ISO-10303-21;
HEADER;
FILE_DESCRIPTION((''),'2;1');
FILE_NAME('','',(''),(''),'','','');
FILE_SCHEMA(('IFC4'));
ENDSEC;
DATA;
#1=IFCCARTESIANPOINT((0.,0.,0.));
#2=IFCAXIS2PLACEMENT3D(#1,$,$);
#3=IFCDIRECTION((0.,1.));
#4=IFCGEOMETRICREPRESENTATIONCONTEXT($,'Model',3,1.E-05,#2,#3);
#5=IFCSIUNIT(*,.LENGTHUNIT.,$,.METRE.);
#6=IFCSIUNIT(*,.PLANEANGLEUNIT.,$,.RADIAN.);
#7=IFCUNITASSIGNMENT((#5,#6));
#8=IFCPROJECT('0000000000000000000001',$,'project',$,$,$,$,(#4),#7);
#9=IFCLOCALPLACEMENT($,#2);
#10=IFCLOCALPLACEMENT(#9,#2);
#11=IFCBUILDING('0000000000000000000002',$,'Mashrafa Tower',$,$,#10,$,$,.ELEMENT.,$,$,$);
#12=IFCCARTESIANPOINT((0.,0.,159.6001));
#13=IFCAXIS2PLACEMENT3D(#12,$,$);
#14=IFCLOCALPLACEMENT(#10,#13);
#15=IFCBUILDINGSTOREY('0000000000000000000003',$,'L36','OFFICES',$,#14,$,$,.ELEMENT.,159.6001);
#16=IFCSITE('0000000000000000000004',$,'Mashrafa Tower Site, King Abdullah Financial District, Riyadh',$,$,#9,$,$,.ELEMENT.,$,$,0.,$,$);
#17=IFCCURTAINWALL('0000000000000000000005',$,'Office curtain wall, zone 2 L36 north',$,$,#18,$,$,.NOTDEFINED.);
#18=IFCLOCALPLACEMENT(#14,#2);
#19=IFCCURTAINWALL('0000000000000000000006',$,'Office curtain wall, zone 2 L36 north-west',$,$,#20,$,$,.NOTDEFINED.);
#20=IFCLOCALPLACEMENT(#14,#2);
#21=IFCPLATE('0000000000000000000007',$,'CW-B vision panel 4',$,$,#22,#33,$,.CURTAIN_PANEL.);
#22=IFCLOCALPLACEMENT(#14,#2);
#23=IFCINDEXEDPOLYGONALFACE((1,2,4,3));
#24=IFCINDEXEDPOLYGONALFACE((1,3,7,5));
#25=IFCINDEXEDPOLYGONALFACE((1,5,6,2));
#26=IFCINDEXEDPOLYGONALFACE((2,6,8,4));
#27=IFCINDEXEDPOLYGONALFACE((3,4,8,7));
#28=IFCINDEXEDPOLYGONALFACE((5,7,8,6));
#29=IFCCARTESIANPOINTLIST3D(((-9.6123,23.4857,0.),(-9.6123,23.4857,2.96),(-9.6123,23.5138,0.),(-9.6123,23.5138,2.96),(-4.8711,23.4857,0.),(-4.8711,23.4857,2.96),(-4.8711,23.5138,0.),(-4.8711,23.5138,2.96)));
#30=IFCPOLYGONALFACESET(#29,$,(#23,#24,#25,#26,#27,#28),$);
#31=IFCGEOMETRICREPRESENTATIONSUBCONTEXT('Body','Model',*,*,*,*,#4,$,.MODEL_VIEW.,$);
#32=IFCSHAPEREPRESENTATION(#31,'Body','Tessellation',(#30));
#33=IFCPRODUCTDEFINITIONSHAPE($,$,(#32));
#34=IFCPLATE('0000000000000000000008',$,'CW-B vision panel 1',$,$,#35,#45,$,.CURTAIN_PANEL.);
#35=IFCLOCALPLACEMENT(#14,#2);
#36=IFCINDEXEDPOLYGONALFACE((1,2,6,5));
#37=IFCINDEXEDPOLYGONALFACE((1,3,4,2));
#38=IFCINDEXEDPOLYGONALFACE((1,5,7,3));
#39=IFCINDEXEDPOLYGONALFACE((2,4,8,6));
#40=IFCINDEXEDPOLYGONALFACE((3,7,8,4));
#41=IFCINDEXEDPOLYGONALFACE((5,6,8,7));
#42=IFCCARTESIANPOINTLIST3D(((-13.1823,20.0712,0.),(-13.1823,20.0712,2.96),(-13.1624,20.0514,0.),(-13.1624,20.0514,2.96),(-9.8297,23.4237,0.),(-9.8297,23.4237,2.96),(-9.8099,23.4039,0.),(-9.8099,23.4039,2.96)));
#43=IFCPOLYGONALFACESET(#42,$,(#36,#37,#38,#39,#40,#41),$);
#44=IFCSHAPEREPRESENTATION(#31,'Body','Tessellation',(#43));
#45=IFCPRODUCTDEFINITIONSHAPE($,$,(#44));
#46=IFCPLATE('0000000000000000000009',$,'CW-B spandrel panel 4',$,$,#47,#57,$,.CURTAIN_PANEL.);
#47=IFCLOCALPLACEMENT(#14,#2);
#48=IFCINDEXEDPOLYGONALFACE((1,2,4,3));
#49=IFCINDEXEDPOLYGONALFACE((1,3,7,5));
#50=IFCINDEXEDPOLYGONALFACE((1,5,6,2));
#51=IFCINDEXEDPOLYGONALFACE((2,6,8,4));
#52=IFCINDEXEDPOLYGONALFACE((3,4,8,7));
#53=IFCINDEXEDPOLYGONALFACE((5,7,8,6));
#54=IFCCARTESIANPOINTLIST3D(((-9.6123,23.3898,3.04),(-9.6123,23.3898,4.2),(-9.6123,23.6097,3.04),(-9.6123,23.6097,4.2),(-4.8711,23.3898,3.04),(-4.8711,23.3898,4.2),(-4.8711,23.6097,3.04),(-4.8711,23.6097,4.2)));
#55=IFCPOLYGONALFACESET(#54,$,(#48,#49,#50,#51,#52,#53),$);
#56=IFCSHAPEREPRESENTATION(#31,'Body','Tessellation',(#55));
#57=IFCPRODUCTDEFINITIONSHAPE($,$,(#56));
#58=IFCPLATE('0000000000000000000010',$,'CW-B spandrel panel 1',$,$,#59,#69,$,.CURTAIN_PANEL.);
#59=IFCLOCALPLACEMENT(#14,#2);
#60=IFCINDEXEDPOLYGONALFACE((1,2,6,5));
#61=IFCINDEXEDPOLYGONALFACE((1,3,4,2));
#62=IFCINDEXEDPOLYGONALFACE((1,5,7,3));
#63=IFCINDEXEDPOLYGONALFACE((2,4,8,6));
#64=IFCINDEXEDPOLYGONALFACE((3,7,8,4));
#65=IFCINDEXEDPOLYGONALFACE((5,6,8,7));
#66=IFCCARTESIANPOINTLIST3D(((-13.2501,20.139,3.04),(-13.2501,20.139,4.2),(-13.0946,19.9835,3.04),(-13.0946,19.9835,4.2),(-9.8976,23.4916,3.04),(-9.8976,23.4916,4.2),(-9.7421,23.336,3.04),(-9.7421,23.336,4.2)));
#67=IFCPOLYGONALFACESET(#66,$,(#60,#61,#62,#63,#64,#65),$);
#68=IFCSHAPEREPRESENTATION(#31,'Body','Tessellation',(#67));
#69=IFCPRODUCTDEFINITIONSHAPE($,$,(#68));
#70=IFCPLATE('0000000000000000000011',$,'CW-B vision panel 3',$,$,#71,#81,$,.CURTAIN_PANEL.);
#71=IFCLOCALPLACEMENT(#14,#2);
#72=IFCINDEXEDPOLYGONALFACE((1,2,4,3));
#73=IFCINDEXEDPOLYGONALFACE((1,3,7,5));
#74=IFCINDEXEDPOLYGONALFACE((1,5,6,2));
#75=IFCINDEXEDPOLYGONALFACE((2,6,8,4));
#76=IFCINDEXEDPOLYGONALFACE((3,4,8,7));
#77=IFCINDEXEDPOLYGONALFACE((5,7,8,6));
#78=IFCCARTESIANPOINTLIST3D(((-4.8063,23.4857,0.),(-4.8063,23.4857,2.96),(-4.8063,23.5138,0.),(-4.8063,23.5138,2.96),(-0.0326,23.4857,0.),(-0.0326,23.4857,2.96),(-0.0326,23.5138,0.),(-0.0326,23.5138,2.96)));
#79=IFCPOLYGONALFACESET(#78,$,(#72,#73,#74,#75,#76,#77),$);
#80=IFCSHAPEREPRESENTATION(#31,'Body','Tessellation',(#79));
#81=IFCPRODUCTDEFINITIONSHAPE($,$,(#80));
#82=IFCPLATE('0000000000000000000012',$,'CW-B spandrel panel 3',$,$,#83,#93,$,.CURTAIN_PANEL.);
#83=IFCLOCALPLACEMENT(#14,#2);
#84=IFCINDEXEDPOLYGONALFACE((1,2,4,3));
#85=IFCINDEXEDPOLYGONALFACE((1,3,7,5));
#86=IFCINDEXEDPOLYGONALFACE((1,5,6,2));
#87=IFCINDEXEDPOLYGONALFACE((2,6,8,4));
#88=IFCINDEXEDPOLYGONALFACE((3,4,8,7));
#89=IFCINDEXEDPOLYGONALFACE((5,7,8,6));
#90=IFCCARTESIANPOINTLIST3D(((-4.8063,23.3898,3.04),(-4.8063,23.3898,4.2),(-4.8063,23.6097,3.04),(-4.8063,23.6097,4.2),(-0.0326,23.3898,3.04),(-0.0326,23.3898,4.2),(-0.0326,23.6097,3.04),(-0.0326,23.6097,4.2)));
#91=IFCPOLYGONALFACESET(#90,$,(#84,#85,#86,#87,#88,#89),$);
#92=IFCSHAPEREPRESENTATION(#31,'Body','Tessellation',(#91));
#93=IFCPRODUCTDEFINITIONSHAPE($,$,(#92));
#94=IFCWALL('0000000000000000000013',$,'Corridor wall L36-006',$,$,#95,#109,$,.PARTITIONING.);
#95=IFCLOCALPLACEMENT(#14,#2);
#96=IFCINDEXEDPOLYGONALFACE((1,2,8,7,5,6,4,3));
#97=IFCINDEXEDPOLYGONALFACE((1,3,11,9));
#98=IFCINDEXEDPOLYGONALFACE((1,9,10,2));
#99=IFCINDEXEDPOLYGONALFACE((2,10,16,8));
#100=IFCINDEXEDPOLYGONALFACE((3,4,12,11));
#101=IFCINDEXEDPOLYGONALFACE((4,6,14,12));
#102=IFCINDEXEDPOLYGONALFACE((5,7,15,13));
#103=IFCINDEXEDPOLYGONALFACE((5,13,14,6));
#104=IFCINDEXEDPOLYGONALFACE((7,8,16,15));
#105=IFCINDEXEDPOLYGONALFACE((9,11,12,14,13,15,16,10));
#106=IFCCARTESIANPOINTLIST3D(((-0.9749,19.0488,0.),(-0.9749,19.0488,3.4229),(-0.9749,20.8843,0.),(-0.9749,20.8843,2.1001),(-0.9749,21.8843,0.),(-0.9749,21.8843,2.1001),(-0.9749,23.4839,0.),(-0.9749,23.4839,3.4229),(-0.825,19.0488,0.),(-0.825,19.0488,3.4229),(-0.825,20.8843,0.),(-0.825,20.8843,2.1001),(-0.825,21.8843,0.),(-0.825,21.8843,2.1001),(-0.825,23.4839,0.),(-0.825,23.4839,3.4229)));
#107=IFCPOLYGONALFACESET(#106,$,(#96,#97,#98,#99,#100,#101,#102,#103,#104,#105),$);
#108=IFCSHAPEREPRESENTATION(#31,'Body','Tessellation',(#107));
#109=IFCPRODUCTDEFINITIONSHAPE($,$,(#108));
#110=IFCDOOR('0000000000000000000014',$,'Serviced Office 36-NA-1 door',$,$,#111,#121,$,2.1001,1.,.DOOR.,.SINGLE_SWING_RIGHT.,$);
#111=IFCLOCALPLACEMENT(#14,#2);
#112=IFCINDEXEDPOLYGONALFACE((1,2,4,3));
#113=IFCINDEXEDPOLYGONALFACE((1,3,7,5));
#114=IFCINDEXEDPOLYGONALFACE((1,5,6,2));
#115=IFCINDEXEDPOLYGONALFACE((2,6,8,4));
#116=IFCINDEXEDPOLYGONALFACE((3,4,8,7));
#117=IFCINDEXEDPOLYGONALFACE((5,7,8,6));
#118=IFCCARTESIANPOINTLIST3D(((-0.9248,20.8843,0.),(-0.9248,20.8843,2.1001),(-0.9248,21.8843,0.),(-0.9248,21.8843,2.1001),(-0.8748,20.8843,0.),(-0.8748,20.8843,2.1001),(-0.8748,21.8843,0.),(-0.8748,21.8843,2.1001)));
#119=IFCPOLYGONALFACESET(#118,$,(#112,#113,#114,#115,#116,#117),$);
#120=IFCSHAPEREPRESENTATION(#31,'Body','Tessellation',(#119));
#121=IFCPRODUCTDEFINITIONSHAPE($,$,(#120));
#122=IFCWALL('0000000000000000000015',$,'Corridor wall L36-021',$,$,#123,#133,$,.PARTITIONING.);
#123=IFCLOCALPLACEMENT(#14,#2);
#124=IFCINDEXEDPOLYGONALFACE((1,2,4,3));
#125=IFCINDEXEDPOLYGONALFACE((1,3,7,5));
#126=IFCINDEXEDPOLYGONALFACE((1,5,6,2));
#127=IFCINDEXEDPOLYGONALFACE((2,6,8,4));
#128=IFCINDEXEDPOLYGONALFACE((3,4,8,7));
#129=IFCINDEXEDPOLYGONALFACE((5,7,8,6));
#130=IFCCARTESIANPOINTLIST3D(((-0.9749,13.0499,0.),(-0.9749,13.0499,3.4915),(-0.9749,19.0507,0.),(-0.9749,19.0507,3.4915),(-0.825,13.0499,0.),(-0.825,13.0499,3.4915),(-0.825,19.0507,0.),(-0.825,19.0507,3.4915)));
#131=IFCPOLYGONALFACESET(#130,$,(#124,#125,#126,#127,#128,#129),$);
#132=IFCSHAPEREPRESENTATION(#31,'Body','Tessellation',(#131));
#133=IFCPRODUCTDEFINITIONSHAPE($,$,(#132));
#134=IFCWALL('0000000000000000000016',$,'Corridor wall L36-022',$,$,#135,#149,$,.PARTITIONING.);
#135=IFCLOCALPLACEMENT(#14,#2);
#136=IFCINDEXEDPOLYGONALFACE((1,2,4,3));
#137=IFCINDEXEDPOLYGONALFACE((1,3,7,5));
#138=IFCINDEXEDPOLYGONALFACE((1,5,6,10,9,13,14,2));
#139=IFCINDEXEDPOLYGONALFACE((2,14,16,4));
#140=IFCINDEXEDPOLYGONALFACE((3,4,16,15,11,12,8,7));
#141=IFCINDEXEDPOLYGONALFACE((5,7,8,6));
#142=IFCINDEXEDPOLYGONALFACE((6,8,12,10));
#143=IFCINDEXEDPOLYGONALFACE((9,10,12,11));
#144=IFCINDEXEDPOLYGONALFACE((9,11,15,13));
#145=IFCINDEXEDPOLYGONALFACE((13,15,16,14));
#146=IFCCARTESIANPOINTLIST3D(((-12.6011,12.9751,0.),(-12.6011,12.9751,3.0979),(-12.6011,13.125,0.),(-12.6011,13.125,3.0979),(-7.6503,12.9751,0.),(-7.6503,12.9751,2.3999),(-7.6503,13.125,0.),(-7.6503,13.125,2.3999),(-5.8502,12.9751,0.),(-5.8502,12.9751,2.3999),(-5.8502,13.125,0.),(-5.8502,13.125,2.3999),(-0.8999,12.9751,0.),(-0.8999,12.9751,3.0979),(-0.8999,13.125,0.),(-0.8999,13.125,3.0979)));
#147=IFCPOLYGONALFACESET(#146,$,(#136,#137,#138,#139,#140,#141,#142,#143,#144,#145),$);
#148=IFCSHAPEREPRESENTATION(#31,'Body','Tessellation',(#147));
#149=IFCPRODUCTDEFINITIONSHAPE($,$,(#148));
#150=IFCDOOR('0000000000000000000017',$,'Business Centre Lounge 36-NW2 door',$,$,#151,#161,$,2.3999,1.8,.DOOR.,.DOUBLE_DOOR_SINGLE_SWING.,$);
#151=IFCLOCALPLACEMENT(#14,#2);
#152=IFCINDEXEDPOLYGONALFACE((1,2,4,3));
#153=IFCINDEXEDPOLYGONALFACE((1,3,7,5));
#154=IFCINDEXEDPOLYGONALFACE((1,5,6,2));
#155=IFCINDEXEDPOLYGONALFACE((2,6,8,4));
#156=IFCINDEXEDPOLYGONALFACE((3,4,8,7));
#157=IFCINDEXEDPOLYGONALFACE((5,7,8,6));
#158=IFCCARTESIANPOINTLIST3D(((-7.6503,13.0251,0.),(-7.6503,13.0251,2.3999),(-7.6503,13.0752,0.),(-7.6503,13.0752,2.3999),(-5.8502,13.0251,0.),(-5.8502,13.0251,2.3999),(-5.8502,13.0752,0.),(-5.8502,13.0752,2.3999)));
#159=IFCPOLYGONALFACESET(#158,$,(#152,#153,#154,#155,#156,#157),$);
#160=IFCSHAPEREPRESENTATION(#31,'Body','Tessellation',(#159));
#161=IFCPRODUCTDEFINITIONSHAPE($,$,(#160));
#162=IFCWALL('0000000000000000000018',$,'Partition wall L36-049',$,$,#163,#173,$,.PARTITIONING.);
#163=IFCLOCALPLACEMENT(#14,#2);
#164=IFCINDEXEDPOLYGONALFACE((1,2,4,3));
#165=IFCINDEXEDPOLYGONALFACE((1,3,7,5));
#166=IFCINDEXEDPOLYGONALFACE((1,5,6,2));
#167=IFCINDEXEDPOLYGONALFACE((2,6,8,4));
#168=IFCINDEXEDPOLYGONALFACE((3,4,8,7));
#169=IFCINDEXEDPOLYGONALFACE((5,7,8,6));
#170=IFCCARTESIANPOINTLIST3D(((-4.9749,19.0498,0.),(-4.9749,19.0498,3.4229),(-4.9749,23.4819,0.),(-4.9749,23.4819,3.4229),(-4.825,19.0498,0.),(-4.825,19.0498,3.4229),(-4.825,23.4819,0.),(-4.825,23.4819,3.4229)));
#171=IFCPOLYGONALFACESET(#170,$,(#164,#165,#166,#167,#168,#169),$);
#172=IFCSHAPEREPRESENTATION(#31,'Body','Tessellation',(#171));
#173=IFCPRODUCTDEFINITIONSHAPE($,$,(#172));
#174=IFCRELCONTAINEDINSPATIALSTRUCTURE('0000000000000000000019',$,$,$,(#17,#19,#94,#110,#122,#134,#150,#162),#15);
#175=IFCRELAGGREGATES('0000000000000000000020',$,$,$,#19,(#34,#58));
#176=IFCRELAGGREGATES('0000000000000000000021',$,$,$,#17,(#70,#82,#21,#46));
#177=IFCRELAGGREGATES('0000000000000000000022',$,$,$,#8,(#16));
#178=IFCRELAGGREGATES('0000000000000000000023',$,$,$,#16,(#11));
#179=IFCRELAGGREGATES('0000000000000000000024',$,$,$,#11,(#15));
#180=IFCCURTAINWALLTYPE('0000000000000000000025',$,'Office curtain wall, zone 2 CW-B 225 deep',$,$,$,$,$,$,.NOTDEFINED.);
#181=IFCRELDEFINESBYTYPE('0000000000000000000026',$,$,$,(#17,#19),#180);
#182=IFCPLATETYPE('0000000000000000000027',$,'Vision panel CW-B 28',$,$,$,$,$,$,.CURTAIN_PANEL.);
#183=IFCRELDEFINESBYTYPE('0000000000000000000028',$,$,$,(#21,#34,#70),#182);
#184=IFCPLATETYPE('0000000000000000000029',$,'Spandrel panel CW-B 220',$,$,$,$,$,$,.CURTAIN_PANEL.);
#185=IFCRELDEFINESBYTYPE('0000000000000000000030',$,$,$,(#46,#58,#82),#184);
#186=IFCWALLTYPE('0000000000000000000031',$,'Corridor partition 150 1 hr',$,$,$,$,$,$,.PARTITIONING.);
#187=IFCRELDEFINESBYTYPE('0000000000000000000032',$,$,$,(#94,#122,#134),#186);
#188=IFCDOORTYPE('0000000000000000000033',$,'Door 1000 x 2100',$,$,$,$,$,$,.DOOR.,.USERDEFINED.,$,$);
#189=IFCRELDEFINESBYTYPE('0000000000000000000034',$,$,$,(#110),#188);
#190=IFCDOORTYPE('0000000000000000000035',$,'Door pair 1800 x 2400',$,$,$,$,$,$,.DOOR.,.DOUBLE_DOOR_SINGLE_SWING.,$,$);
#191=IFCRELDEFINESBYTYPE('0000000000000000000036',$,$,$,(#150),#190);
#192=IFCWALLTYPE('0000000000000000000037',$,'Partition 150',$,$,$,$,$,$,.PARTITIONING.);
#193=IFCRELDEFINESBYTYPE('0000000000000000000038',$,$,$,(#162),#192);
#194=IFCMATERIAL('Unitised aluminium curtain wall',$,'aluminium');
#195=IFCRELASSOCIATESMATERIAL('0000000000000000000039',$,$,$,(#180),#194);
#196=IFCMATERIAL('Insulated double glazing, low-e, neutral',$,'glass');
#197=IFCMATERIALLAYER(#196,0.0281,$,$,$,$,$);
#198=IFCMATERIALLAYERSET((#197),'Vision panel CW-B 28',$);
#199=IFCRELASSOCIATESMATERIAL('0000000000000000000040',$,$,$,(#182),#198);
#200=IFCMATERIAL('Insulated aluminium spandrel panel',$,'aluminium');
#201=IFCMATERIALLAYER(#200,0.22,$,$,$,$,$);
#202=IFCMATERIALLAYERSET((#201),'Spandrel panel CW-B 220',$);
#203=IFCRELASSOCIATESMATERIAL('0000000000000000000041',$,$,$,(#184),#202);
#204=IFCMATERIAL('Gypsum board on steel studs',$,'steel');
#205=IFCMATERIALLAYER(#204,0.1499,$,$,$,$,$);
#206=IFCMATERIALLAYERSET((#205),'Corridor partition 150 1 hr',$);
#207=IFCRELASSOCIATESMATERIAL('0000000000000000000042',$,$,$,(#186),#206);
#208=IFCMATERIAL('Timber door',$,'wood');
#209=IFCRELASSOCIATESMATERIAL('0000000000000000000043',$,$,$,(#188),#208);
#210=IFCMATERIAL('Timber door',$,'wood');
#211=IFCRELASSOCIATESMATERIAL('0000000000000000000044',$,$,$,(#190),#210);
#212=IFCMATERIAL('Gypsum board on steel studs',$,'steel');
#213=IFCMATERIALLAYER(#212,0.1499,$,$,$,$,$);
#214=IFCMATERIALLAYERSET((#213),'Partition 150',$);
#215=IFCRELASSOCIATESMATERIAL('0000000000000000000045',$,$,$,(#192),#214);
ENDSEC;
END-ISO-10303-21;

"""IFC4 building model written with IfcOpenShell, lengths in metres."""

from ifc_helpers import new_model, si_unit, direction, frame, frame_2d, origin, origin_2d, place, context, subcontext, project, spatial, rectangle, extrude, source, transform, mapped, material, layer, layer_set, type_object, type_shapes, element, fill, aggregate, save


model = new_model("IFC4")

# Units and contexts
model_context = context("Model", 3, precision=1e-05, world=origin(), true_north=direction((0.0, 1.0)))
body_context = subcontext(model_context, "Body", "Model", "MODEL_VIEW")
ifc_project = project(units=[si_unit("LENGTHUNIT", "METRE"), si_unit("PLANEANGLEUNIT", "RADIAN")], contexts=[model_context])

# Site, building, storey
site_placement = place(None, origin())
site = spatial("IfcSite", under=ifc_project, at=site_placement, Name="Mashrafa Tower Site, King Abdullah Financial District, Riyadh", CompositionType="ELEMENT", RefElevation=0.0)
building_placement = place(site_placement, origin())
building = spatial("IfcBuilding", under=site, at=building_placement, Name="Mashrafa Tower", CompositionType="ELEMENT")
storey_placement = place(building_placement, frame((0.0, 0.0, 159.6001)))
storey = spatial("IfcBuildingStorey", under=building, at=storey_placement, Name="L36", Description="OFFICES", CompositionType="ELEMENT", Elevation=159.6001)

# Curtain wall
ifc_material_1 = material(Name="Unitised aluminium curtain wall", Category="aluminium")
curtain_wall_type = type_object("IfcCurtainWallType", Name="Office curtain wall, zone 2 CW-B 225 deep", PredefinedType="NOTDEFINED", material=ifc_material_1)
curtain_wall_1_placement = place(storey_placement, origin())
curtain_wall_1 = element("IfcCurtainWall", 1, at=curtain_wall_1_placement, inside=storey, type_object=curtain_wall_type, Name="Office curtain wall, zone 2 L36 north", PredefinedType="NOTDEFINED")

# Curtain wall
curtain_wall_2_placement = place(storey_placement, origin())
curtain_wall_2 = element("IfcCurtainWall", 2, at=curtain_wall_2_placement, inside=storey, type_object=curtain_wall_type, Name="Office curtain wall, zone 2 L36 north-west", PredefinedType="NOTDEFINED")

# Plates
ifc_material_2 = material(Name="Insulated double glazing, low-e, neutral", Category="glass")
ifc_layer_1 = layer(ifc_material_2, 0.0281)
ifc_layer_set_1 = layer_set([ifc_layer_1], Name="Vision panel CW-B 28")
plate_type_1 = type_object("IfcPlateType", Name="Vision panel CW-B 28", PredefinedType="CURTAIN_PANEL", material=ifc_layer_set_1)
shared_shape_1 = source(origin(), body_context, "Body", "SweptSolid", [
    extrude(rectangle(XDim=4.7412, YDim=0.0281, at=origin_2d()), origin(), (0.0, 0.0, 1.0), 2.96),
])
plate_1_placement = place(storey_placement, frame((-7.2417, 23.4998, 0.0), z_axis=(0.0, 0.0, 1.0), x_axis=(-1.0, 0.0, 0.0)))
plate_1 = element("IfcPlate", 3, at=plate_1_placement, type_object=plate_type_1, Name="CW-B vision panel 4", PredefinedType="CURTAIN_PANEL", context=body_context, shape_type="MappedRepresentation", body=[
    mapped(shared_shape_1, transform((0.0, 0.0, 0.0))),
])
plate_2_placement = place(storey_placement, frame((-11.4961, 21.7375, 0.0), z_axis=(0.0, 0.0, 1.0), x_axis=(-0.707107, -0.707107, 0.0)))
plate_2 = element("IfcPlate", 4, at=plate_2_placement, type_object=plate_type_1, Name="CW-B vision panel 1", PredefinedType="CURTAIN_PANEL", context=body_context, shape_type="MappedRepresentation", body=[
    mapped(shared_shape_1, transform((0.0, 0.0, 0.0))),
])
ifc_material_3 = material(Name="Insulated aluminium spandrel panel", Category="aluminium")
ifc_layer_2 = layer(ifc_material_3, 0.22)
ifc_layer_set_2 = layer_set([ifc_layer_2], Name="Spandrel panel CW-B 220")
plate_type_2 = type_object("IfcPlateType", Name="Spandrel panel CW-B 220", PredefinedType="CURTAIN_PANEL", material=ifc_layer_set_2)
shared_shape_2 = source(origin(), body_context, "Body", "SweptSolid", [
    extrude(rectangle(XDim=4.7412, YDim=0.22, at=origin_2d()), origin(), (0.0, 0.0, 1.0), 1.1599),
])
plate_3_placement = place(storey_placement, frame((-7.2417, 23.4998, 3.04), z_axis=(0.0, 0.0, 1.0), x_axis=(-1.0, 0.0, 0.0)))
plate_3 = element("IfcPlate", 5, at=plate_3_placement, type_object=plate_type_2, Name="CW-B spandrel panel 4", PredefinedType="CURTAIN_PANEL", context=body_context, shape_type="MappedRepresentation", body=[
    mapped(shared_shape_2, transform((0.0, 0.0, 0.0))),
])
plate_4_placement = place(storey_placement, frame((-11.4961, 21.7375, 3.04), z_axis=(0.0, 0.0, 1.0), x_axis=(-0.707107, -0.707107, 0.0)))
plate_4 = element("IfcPlate", 6, at=plate_4_placement, type_object=plate_type_2, Name="CW-B spandrel panel 1", PredefinedType="CURTAIN_PANEL", context=body_context, shape_type="MappedRepresentation", body=[
    mapped(shared_shape_2, transform((0.0, 0.0, 0.0))),
])
aggregate(curtain_wall_2, [plate_2, plate_4])
shared_shape_3 = source(origin(), body_context, "Body", "SweptSolid", [
    extrude(rectangle(XDim=4.7737, YDim=0.0281, at=origin_2d()), origin(), (0.0, 0.0, 1.0), 2.96),
])
type_shapes(plate_type_1, [shared_shape_1, shared_shape_3])
plate_5_placement = place(storey_placement, frame((-2.4194, 23.4998, 0.0), z_axis=(0.0, 0.0, 1.0), x_axis=(-1.0, 0.0, 0.0)))
plate_5 = element("IfcPlate", 7, at=plate_5_placement, type_object=plate_type_1, Name="CW-B vision panel 3", PredefinedType="CURTAIN_PANEL", context=body_context, shape_type="MappedRepresentation", body=[
    mapped(shared_shape_3, transform((0.0, 0.0, 0.0))),
])
shared_shape_4 = source(origin(), body_context, "Body", "SweptSolid", [
    extrude(rectangle(XDim=4.7737, YDim=0.22, at=origin_2d()), origin(), (0.0, 0.0, 1.0), 1.1599),
])
type_shapes(plate_type_2, [shared_shape_2, shared_shape_4])
plate_6_placement = place(storey_placement, frame((-2.4194, 23.4998, 3.04), z_axis=(0.0, 0.0, 1.0), x_axis=(-1.0, 0.0, 0.0)))
plate_6 = element("IfcPlate", 8, at=plate_6_placement, type_object=plate_type_2, Name="CW-B spandrel panel 3", PredefinedType="CURTAIN_PANEL", context=body_context, shape_type="MappedRepresentation", body=[
    mapped(shared_shape_4, transform((0.0, 0.0, 0.0))),
])
aggregate(curtain_wall_1, [plate_5, plate_6, plate_1, plate_3])

# Wall, opening, door
ifc_material_4 = material(Name="Gypsum board on steel studs", Category="steel")
ifc_layer_3 = layer(ifc_material_4, 0.1499)
ifc_layer_set_3 = layer_set([ifc_layer_3], Name="Corridor partition 150 1 hr")
wall_type_1 = type_object("IfcWallType", Name="Corridor partition 150 1 hr", PredefinedType="PARTITIONING", material=ifc_layer_set_3)
wall_1_placement = place(storey_placement, frame((-0.8999, 23.4839, 0.0), z_axis=(0.0, 0.0, 1.0), x_axis=(0.0, -1.0, 0.0)))
wall_1 = element("IfcWall", 9, at=wall_1_placement, inside=storey, type_object=wall_type_1, Name="Corridor wall L36-006", PredefinedType="PARTITIONING", context=body_context, shape_type="SweptSolid", body=[
    extrude(rectangle(XDim=4.4351, YDim=0.1499, at=frame_2d((2.2175, 0.0))), origin(), (0.0, 0.0, 1.0), 3.4229),
])
opening_1_placement = place(wall_1_placement, frame((1.5996, 0.0, 0.0)))
opening_1 = element("IfcOpeningElement", 10, at=opening_1_placement, cuts=wall_1, PredefinedType="OPENING", context=body_context, shape_type="SweptSolid", body=[
    extrude(rectangle(XDim=1.0, YDim=2.1001, at=frame_2d((0.5, 1.05))), frame((0.0, 0.085, 0.0), z_axis=(0.0, -1.0, 0.0), x_axis=(1.0, 0.0, 0.0)), (0.0, 0.0, 1.0), 0.1699),
])
ifc_material_5 = material(Name="Timber door", Category="wood")
door_type_1 = type_object("IfcDoorType", Name="Door 1000 x 2100", OperationType="USERDEFINED", PredefinedType="DOOR", material=ifc_material_5)
door_1_placement = place(opening_1_placement, frame((1.0, 0.0, 0.0), z_axis=(0.0, 0.0, 1.0), x_axis=(-1.0, 0.0, 0.0)))
door_1 = element("IfcDoor", 11, at=door_1_placement, inside=storey, type_object=door_type_1, Name="Serviced Office 36-NA-1 door", OperationType="SINGLE_SWING_RIGHT", OverallHeight=2.1001, OverallWidth=1.0, PredefinedType="DOOR", context=body_context, shape_type="SweptSolid", body=[
    extrude(rectangle(XDim=1.0, YDim=2.1001, at=frame_2d((0.5, 1.05))), frame((0.0, 0.0249, 0.0), z_axis=(0.0, -1.0, 0.0), x_axis=(1.0, 0.0, 0.0)), (0.0, 0.0, 1.0), 0.05),
])
fill(opening_1, door_1)

# Wall
wall_2_placement = place(storey_placement, frame((-0.8999, 19.0508, 0.0), z_axis=(0.0, 0.0, 1.0), x_axis=(0.0, -1.0, 0.0)))
element("IfcWall", 12, at=wall_2_placement, inside=storey, type_object=wall_type_1, Name="Corridor wall L36-021", PredefinedType="PARTITIONING", context=body_context, shape_type="SweptSolid", body=[
    extrude(rectangle(XDim=6.0007, YDim=0.1499, at=frame_2d((3.0005, 0.0))), origin(), (0.0, 0.0, 1.0), 3.4915),
])

# Wall, opening, door
wall_3_placement = place(storey_placement, frame((-0.8999, 13.05, 0.0), z_axis=(0.0, 0.0, 1.0), x_axis=(-1.0, 0.0, 0.0)))
wall_3 = element("IfcWall", 13, at=wall_3_placement, inside=storey, type_object=wall_type_1, Name="Corridor wall L36-022", PredefinedType="PARTITIONING", context=body_context, shape_type="SweptSolid", body=[
    extrude(rectangle(XDim=11.7012, YDim=0.1499, at=frame_2d((5.8506, 0.0))), origin(), (0.0, 0.0, 1.0), 3.0979),
])
opening_2_placement = place(wall_3_placement, frame((4.9504, 0.0, 0.0)))
opening_2 = element("IfcOpeningElement", 14, at=opening_2_placement, cuts=wall_3, PredefinedType="OPENING", context=body_context, shape_type="SweptSolid", body=[
    extrude(rectangle(XDim=1.8, YDim=2.3999, at=frame_2d((0.8999, 1.2))), frame((0.0, 0.085, 0.0), z_axis=(0.0, -1.0, 0.0), x_axis=(1.0, 0.0, 0.0)), (0.0, 0.0, 1.0), 0.1699),
])
ifc_material_6 = material(Name="Timber door", Category="wood")
door_type_2 = type_object("IfcDoorType", Name="Door pair 1800 x 2400", OperationType="DOUBLE_DOOR_SINGLE_SWING", PredefinedType="DOOR", material=ifc_material_6)
door_2_placement = place(opening_2_placement, origin())
door_2 = element("IfcDoor", 15, at=door_2_placement, inside=storey, type_object=door_type_2, Name="Business Centre Lounge 36-NW2 door", OperationType="DOUBLE_DOOR_SINGLE_SWING", OverallHeight=2.3999, OverallWidth=1.8, PredefinedType="DOOR", context=body_context, shape_type="SweptSolid", body=[
    extrude(rectangle(XDim=1.8, YDim=2.3999, at=frame_2d((0.8999, 1.2))), frame((0.0, 0.0249, 0.0), z_axis=(0.0, -1.0, 0.0), x_axis=(1.0, 0.0, 0.0)), (0.0, 0.0, 1.0), 0.05),
])
fill(opening_2, door_2)

# Wall
ifc_material_7 = material(Name="Gypsum board on steel studs", Category="steel")
ifc_layer_4 = layer(ifc_material_7, 0.1499)
ifc_layer_set_4 = layer_set([ifc_layer_4], Name="Partition 150")
wall_type_2 = type_object("IfcWallType", Name="Partition 150", PredefinedType="PARTITIONING", material=ifc_layer_set_4)
wall_4_placement = place(storey_placement, frame((-4.8999, 23.4819, 0.0), z_axis=(0.0, 0.0, 1.0), x_axis=(0.0, -1.0, 0.0)))
element("IfcWall", 16, at=wall_4_placement, inside=storey, type_object=wall_type_2, Name="Partition wall L36-049", PredefinedType="PARTITIONING", context=body_context, shape_type="SweptSolid", body=[
    extrude(rectangle(XDim=4.4321, YDim=0.1499, at=frame_2d((2.2161, 0.0))), origin(), (0.0, 0.0, 1.0), 3.4229),
])

save(model, "model.ifc")
